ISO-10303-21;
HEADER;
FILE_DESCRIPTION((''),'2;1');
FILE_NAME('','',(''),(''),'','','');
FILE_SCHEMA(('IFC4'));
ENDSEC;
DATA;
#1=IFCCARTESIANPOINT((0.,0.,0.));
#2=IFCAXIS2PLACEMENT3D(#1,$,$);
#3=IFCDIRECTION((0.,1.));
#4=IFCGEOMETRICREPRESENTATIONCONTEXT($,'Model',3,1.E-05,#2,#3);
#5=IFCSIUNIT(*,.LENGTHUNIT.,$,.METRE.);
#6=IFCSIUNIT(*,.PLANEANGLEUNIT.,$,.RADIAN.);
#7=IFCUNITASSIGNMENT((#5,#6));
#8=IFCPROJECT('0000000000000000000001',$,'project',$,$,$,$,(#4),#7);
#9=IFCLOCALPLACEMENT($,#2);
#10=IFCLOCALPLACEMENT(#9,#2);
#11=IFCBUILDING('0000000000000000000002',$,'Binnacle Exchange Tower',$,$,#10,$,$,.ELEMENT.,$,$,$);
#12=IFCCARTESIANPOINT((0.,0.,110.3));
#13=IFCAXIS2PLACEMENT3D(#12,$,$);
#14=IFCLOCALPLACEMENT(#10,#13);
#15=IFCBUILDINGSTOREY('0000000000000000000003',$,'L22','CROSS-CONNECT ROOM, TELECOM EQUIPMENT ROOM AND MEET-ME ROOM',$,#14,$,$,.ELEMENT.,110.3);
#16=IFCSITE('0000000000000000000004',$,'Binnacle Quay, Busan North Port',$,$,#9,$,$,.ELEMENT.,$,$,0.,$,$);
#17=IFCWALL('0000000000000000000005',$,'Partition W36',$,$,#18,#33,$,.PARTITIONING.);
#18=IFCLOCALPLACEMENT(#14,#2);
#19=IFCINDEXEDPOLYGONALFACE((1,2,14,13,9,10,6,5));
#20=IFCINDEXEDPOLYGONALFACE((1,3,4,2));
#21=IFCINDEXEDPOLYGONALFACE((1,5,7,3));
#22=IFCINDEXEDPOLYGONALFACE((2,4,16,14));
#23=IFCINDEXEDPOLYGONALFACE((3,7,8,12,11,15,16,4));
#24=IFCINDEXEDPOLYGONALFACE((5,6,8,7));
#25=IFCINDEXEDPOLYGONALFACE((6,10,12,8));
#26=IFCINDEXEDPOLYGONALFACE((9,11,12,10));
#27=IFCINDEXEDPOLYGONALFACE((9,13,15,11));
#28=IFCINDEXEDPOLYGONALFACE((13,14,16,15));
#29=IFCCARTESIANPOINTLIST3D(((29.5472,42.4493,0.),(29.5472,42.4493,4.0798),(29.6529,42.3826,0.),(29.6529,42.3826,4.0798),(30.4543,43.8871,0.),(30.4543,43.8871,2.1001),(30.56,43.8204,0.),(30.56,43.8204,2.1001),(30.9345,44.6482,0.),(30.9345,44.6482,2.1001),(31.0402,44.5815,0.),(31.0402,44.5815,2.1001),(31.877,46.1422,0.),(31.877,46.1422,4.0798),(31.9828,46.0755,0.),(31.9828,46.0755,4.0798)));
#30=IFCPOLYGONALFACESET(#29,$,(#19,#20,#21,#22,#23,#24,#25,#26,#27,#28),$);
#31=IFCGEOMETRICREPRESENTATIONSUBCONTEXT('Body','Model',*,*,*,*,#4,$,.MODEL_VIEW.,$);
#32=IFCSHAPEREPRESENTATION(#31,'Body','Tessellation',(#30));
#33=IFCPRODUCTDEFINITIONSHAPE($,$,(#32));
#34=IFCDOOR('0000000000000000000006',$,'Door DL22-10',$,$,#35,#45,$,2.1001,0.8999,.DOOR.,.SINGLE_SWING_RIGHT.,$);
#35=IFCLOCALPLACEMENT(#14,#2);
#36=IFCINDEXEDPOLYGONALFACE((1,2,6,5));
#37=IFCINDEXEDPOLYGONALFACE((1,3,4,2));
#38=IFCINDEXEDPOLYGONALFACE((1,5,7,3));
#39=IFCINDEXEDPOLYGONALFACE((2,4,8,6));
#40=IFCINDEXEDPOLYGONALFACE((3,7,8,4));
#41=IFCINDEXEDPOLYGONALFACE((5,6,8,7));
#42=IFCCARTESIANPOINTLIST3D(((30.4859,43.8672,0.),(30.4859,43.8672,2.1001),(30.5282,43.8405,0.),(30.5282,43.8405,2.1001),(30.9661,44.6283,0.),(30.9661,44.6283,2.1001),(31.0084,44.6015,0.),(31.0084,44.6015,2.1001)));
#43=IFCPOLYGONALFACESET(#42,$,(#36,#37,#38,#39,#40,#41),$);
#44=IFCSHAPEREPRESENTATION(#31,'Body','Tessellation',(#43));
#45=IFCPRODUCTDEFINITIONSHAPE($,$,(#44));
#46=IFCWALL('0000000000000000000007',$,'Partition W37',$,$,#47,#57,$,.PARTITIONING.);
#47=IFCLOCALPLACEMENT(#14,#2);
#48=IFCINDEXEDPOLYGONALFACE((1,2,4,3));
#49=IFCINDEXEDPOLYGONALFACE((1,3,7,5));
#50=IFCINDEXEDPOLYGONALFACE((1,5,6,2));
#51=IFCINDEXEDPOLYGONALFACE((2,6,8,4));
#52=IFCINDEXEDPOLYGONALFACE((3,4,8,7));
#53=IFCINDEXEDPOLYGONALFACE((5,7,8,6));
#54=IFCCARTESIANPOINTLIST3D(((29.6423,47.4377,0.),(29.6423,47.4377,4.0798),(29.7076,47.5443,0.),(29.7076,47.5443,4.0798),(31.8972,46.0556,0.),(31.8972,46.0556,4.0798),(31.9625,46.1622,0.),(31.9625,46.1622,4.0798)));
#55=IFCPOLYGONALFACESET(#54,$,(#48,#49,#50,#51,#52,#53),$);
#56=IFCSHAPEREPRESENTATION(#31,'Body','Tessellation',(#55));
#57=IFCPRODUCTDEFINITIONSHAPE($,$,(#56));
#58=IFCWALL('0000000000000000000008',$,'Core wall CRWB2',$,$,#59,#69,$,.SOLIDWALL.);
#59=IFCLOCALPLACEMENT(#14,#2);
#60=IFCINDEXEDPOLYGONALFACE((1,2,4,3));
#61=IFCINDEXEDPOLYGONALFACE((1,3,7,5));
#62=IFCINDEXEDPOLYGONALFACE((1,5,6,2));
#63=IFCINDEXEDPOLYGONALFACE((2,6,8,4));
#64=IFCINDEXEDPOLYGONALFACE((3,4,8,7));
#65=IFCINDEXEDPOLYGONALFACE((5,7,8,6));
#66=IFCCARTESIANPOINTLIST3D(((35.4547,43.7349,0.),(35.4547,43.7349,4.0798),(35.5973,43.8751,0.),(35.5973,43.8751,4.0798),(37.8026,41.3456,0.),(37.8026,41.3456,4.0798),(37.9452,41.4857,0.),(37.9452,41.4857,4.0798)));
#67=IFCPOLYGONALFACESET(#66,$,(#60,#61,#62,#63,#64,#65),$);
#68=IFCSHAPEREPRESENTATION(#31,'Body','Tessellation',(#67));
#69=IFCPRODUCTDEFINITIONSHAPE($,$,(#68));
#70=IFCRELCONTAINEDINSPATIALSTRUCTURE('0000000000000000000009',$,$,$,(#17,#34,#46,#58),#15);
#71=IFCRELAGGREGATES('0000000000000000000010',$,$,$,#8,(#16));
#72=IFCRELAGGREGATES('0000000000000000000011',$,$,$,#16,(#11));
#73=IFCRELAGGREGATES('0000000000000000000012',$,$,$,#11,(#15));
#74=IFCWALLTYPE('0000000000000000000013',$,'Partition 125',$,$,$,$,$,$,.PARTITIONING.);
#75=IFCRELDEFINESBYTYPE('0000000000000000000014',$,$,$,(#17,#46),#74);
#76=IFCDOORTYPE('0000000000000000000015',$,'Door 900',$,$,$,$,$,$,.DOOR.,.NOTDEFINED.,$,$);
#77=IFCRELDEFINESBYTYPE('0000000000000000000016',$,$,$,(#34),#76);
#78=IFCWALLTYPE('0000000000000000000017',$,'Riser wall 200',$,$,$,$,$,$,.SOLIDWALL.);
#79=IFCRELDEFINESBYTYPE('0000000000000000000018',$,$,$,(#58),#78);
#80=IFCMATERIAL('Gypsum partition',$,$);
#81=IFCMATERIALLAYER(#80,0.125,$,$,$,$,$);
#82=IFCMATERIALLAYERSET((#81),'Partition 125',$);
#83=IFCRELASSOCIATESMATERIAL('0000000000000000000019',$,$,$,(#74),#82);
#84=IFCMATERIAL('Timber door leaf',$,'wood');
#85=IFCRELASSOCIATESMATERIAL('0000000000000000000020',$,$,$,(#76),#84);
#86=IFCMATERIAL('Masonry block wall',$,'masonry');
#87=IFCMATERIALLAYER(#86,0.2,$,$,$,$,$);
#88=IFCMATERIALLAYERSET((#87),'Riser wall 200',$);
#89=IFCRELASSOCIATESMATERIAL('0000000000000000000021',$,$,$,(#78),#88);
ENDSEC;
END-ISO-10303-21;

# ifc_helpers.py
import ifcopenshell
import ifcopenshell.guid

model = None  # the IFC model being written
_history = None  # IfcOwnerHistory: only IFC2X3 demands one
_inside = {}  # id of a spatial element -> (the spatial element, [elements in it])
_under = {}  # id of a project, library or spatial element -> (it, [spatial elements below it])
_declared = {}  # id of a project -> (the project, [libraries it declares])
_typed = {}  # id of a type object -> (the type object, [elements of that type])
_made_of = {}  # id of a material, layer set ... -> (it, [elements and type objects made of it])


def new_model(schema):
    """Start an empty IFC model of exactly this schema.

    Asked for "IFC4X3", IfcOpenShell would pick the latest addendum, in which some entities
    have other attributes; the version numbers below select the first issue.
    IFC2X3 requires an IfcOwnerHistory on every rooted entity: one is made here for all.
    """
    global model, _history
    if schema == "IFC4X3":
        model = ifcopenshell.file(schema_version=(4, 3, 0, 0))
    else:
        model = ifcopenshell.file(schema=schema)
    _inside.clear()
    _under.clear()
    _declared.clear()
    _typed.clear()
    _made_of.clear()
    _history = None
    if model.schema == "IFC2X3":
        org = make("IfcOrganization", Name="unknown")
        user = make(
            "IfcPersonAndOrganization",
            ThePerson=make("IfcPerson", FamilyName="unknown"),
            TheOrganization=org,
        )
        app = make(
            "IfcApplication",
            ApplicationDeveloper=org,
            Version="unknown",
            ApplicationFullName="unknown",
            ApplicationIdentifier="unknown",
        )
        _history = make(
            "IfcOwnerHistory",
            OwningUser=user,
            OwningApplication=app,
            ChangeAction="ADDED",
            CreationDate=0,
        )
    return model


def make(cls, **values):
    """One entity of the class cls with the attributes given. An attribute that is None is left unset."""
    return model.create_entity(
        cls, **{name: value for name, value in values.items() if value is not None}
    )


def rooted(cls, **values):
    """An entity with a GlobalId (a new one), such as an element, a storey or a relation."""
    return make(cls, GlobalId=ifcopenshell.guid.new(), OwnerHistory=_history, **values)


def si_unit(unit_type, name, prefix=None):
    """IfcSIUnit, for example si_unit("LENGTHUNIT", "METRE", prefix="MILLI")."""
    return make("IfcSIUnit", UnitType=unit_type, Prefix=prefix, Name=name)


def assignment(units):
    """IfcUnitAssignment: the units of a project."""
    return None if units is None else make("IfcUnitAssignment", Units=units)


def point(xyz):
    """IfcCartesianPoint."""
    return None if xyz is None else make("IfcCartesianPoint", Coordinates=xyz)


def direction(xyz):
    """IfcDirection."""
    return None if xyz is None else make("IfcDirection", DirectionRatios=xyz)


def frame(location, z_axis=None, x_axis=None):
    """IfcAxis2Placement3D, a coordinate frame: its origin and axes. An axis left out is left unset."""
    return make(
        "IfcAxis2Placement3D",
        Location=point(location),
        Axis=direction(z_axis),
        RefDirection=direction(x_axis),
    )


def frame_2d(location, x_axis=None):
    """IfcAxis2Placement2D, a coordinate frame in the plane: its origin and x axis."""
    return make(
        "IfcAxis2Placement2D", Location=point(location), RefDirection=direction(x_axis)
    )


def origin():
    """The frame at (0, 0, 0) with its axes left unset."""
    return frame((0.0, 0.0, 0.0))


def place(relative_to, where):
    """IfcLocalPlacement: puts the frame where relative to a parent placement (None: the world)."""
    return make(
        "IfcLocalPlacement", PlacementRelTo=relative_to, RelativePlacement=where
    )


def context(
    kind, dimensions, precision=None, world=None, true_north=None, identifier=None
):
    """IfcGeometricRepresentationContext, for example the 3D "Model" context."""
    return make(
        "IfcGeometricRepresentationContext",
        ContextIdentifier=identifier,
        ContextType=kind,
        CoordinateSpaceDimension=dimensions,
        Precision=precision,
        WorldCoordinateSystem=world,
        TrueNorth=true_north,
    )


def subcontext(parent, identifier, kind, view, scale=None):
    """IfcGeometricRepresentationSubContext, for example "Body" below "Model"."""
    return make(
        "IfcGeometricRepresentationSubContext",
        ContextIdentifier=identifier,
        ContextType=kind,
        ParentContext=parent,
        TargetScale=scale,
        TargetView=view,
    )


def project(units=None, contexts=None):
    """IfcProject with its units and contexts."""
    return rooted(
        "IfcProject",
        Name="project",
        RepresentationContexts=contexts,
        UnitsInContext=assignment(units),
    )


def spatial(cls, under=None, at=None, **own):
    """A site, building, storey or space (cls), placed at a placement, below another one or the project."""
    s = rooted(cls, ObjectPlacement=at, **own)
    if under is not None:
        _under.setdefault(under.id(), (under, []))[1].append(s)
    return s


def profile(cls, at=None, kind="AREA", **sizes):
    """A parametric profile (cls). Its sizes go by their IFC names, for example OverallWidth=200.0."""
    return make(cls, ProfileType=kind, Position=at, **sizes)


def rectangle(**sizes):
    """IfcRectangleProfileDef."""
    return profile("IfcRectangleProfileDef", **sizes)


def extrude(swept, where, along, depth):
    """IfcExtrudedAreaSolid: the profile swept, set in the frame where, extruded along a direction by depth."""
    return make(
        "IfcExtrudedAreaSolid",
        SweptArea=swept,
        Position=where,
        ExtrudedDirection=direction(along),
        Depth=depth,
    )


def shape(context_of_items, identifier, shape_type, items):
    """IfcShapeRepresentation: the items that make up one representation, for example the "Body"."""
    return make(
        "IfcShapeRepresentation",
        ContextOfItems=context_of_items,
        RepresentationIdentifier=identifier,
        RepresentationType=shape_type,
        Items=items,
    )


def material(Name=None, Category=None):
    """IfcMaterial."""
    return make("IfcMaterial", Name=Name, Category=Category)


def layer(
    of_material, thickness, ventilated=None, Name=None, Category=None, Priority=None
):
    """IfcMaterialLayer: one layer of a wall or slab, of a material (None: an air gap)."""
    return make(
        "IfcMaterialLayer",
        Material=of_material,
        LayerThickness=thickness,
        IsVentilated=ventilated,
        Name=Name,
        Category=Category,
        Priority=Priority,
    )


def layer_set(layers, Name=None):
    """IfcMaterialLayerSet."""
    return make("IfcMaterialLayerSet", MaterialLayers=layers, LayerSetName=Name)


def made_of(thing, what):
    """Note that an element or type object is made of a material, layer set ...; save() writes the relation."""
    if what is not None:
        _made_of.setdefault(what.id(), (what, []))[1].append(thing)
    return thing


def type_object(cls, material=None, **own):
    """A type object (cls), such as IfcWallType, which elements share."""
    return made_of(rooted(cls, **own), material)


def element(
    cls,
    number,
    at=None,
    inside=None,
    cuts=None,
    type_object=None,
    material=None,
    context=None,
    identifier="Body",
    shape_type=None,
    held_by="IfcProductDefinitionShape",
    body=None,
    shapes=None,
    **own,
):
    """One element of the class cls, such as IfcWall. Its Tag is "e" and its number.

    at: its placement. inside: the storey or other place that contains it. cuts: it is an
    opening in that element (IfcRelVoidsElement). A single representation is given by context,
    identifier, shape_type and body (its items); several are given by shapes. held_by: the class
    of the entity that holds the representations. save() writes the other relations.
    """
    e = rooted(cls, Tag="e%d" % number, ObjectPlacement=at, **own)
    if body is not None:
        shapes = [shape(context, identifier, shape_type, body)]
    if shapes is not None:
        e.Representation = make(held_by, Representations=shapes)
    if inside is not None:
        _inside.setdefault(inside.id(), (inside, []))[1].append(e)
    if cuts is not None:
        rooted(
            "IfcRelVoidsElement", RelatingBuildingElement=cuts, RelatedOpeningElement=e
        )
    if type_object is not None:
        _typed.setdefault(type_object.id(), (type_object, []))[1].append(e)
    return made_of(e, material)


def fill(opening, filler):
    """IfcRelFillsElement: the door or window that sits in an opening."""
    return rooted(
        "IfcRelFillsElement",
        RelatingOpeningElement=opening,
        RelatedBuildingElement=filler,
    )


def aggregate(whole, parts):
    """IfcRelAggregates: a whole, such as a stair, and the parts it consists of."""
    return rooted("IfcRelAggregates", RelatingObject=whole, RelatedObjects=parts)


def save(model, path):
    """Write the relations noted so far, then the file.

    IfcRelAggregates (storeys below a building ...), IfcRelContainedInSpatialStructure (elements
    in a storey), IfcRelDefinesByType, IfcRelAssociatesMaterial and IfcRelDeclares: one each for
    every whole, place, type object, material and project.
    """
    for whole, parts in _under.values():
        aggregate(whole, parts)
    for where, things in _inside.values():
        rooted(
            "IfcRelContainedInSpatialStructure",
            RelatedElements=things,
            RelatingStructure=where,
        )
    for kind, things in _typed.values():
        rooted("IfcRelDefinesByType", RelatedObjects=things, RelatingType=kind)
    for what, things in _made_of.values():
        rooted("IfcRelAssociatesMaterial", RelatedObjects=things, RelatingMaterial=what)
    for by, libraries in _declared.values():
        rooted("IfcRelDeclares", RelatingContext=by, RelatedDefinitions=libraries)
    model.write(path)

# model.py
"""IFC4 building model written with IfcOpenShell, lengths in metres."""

from ifc_helpers import new_model, si_unit, direction, frame, frame_2d, origin, place, context, subcontext, project, spatial, rectangle, extrude, material, layer, layer_set, type_object, element, fill, save


model = new_model("IFC4")

# Units and contexts
model_context = context("Model", 3, precision=1e-05, world=origin(), true_north=direction((0.0, 1.0)))
body_context = subcontext(model_context, "Body", "Model", "MODEL_VIEW")
ifc_project = project(units=[si_unit("LENGTHUNIT", "METRE"), si_unit("PLANEANGLEUNIT", "RADIAN")], contexts=[model_context])

# Site, building, storey
site_placement = place(None, origin())
site = spatial("IfcSite", under=ifc_project, at=site_placement, Name="Binnacle Quay, Busan North Port", CompositionType="ELEMENT", RefElevation=0.0)
building_placement = place(site_placement, origin())
building = spatial("IfcBuilding", under=site, at=building_placement, Name="Binnacle Exchange Tower", CompositionType="ELEMENT")
storey_placement = place(building_placement, frame((0.0, 0.0, 110.3)))
storey = spatial("IfcBuildingStorey", under=building, at=storey_placement, Name="L22", Description="CROSS-CONNECT ROOM, TELECOM EQUIPMENT ROOM AND MEET-ME ROOM", CompositionType="ELEMENT", Elevation=110.3)

# Shared definitions
ifc_material_1 = material(Name="Gypsum partition")
ifc_layer_1 = layer(ifc_material_1, 0.125)
ifc_layer_set_1 = layer_set([ifc_layer_1], Name="Partition 125")
wall_type_1 = type_object("IfcWallType", Name="Partition 125", PredefinedType="PARTITIONING", material=ifc_layer_set_1)
ifc_material_2 = material(Name="Timber door leaf", Category="wood")
door_type = type_object("IfcDoorType", Name="Door 900", OperationType="NOTDEFINED", PredefinedType="DOOR", material=ifc_material_2)

# Wall, opening, door
wall_1_placement = place(storey_placement, frame((29.6001, 42.416, 0.0), z_axis=(0.0, 0.0, 1.0), x_axis=(0.533583, 0.845748, 0.0)))
wall_1 = element("IfcWall", 1, at=wall_1_placement, inside=storey, type_object=wall_type_1, Name="Partition W36", PredefinedType="PARTITIONING", context=body_context, shape_type="SweptSolid", body=[
    extrude(rectangle(XDim=4.3665, YDim=0.125, at=frame_2d((2.1831, 0.0))), origin(), (0.0, 0.0, 1.0), 4.0798),
])
opening_1_placement = place(wall_1_placement, frame((1.7, 0.0, 0.0)))
opening_1 = element("IfcOpeningElement", 2, at=opening_1_placement, cuts=wall_1, PredefinedType="OPENING", context=body_context, shape_type="SweptSolid", body=[
    extrude(rectangle(XDim=0.8999, YDim=2.1001, at=frame_2d((0.45, 1.05))), frame((0.0, 0.0725, 0.0), z_axis=(0.0, -1.0, 0.0), x_axis=(1.0, 0.0, 0.0)), (0.0, 0.0, 1.0), 0.145),
])
door_1_placement = place(opening_1_placement, frame((0.8999, 0.0, 0.0), z_axis=(0.0, 0.0, 1.0), x_axis=(-1.0, 0.0, 0.0)))
door_1 = element("IfcDoor", 3, at=door_1_placement, inside=storey, type_object=door_type, Name="Door DL22-10", OperationType="SINGLE_SWING_RIGHT", OverallHeight=2.1001, OverallWidth=0.8999, PredefinedType="DOOR", context=body_context, shape_type="SweptSolid", body=[
    extrude(rectangle(XDim=0.8999, YDim=2.1001, at=frame_2d((0.45, 1.05))), frame((0.0, 0.0249, 0.0), z_axis=(0.0, -1.0, 0.0), x_axis=(1.0, 0.0, 0.0)), (0.0, 0.0, 1.0), 0.05),
])
fill(opening_1, door_1)

# Walls
wall_2_placement = place(storey_placement, frame((29.675, 47.491, 0.0), z_axis=(0.0, 0.0, 1.0), x_axis=(0.852592, -0.522577, 0.0)))
element("IfcWall", 4, at=wall_2_placement, inside=storey, type_object=wall_type_1, Name="Partition W37", PredefinedType="PARTITIONING", context=body_context, shape_type="SweptSolid", body=[
    extrude(rectangle(XDim=2.6448, YDim=0.125, at=frame_2d((1.3223, 0.0))), origin(), (0.0, 0.0, 1.0), 4.0798),
])
ifc_material_3 = material(Name="Masonry block wall", Category="masonry")
ifc_layer_2 = layer(ifc_material_3, 0.2)
ifc_layer_set_2 = layer_set([ifc_layer_2], Name="Riser wall 200")
wall_type_2 = type_object("IfcWallType", Name="Riser wall 200", PredefinedType="SOLIDWALL", material=ifc_layer_set_2)
wall_3_placement = place(storey_placement, frame((35.5261, 43.8049, 0.0), z_axis=(0.0, 0.0, 1.0), x_axis=(0.700885, -0.713274, 0.0)))
element("IfcWall", 5, at=wall_3_placement, inside=storey, type_object=wall_type_2, Name="Core wall CRWB2", PredefinedType="SOLIDWALL", context=body_context, shape_type="SweptSolid", body=[
    extrude(rectangle(XDim=3.3499, YDim=0.2, at=frame_2d((1.6748, 0.0))), origin(), (0.0, 0.0, 1.0), 4.0798),
])

save(model, "model.ifc")
